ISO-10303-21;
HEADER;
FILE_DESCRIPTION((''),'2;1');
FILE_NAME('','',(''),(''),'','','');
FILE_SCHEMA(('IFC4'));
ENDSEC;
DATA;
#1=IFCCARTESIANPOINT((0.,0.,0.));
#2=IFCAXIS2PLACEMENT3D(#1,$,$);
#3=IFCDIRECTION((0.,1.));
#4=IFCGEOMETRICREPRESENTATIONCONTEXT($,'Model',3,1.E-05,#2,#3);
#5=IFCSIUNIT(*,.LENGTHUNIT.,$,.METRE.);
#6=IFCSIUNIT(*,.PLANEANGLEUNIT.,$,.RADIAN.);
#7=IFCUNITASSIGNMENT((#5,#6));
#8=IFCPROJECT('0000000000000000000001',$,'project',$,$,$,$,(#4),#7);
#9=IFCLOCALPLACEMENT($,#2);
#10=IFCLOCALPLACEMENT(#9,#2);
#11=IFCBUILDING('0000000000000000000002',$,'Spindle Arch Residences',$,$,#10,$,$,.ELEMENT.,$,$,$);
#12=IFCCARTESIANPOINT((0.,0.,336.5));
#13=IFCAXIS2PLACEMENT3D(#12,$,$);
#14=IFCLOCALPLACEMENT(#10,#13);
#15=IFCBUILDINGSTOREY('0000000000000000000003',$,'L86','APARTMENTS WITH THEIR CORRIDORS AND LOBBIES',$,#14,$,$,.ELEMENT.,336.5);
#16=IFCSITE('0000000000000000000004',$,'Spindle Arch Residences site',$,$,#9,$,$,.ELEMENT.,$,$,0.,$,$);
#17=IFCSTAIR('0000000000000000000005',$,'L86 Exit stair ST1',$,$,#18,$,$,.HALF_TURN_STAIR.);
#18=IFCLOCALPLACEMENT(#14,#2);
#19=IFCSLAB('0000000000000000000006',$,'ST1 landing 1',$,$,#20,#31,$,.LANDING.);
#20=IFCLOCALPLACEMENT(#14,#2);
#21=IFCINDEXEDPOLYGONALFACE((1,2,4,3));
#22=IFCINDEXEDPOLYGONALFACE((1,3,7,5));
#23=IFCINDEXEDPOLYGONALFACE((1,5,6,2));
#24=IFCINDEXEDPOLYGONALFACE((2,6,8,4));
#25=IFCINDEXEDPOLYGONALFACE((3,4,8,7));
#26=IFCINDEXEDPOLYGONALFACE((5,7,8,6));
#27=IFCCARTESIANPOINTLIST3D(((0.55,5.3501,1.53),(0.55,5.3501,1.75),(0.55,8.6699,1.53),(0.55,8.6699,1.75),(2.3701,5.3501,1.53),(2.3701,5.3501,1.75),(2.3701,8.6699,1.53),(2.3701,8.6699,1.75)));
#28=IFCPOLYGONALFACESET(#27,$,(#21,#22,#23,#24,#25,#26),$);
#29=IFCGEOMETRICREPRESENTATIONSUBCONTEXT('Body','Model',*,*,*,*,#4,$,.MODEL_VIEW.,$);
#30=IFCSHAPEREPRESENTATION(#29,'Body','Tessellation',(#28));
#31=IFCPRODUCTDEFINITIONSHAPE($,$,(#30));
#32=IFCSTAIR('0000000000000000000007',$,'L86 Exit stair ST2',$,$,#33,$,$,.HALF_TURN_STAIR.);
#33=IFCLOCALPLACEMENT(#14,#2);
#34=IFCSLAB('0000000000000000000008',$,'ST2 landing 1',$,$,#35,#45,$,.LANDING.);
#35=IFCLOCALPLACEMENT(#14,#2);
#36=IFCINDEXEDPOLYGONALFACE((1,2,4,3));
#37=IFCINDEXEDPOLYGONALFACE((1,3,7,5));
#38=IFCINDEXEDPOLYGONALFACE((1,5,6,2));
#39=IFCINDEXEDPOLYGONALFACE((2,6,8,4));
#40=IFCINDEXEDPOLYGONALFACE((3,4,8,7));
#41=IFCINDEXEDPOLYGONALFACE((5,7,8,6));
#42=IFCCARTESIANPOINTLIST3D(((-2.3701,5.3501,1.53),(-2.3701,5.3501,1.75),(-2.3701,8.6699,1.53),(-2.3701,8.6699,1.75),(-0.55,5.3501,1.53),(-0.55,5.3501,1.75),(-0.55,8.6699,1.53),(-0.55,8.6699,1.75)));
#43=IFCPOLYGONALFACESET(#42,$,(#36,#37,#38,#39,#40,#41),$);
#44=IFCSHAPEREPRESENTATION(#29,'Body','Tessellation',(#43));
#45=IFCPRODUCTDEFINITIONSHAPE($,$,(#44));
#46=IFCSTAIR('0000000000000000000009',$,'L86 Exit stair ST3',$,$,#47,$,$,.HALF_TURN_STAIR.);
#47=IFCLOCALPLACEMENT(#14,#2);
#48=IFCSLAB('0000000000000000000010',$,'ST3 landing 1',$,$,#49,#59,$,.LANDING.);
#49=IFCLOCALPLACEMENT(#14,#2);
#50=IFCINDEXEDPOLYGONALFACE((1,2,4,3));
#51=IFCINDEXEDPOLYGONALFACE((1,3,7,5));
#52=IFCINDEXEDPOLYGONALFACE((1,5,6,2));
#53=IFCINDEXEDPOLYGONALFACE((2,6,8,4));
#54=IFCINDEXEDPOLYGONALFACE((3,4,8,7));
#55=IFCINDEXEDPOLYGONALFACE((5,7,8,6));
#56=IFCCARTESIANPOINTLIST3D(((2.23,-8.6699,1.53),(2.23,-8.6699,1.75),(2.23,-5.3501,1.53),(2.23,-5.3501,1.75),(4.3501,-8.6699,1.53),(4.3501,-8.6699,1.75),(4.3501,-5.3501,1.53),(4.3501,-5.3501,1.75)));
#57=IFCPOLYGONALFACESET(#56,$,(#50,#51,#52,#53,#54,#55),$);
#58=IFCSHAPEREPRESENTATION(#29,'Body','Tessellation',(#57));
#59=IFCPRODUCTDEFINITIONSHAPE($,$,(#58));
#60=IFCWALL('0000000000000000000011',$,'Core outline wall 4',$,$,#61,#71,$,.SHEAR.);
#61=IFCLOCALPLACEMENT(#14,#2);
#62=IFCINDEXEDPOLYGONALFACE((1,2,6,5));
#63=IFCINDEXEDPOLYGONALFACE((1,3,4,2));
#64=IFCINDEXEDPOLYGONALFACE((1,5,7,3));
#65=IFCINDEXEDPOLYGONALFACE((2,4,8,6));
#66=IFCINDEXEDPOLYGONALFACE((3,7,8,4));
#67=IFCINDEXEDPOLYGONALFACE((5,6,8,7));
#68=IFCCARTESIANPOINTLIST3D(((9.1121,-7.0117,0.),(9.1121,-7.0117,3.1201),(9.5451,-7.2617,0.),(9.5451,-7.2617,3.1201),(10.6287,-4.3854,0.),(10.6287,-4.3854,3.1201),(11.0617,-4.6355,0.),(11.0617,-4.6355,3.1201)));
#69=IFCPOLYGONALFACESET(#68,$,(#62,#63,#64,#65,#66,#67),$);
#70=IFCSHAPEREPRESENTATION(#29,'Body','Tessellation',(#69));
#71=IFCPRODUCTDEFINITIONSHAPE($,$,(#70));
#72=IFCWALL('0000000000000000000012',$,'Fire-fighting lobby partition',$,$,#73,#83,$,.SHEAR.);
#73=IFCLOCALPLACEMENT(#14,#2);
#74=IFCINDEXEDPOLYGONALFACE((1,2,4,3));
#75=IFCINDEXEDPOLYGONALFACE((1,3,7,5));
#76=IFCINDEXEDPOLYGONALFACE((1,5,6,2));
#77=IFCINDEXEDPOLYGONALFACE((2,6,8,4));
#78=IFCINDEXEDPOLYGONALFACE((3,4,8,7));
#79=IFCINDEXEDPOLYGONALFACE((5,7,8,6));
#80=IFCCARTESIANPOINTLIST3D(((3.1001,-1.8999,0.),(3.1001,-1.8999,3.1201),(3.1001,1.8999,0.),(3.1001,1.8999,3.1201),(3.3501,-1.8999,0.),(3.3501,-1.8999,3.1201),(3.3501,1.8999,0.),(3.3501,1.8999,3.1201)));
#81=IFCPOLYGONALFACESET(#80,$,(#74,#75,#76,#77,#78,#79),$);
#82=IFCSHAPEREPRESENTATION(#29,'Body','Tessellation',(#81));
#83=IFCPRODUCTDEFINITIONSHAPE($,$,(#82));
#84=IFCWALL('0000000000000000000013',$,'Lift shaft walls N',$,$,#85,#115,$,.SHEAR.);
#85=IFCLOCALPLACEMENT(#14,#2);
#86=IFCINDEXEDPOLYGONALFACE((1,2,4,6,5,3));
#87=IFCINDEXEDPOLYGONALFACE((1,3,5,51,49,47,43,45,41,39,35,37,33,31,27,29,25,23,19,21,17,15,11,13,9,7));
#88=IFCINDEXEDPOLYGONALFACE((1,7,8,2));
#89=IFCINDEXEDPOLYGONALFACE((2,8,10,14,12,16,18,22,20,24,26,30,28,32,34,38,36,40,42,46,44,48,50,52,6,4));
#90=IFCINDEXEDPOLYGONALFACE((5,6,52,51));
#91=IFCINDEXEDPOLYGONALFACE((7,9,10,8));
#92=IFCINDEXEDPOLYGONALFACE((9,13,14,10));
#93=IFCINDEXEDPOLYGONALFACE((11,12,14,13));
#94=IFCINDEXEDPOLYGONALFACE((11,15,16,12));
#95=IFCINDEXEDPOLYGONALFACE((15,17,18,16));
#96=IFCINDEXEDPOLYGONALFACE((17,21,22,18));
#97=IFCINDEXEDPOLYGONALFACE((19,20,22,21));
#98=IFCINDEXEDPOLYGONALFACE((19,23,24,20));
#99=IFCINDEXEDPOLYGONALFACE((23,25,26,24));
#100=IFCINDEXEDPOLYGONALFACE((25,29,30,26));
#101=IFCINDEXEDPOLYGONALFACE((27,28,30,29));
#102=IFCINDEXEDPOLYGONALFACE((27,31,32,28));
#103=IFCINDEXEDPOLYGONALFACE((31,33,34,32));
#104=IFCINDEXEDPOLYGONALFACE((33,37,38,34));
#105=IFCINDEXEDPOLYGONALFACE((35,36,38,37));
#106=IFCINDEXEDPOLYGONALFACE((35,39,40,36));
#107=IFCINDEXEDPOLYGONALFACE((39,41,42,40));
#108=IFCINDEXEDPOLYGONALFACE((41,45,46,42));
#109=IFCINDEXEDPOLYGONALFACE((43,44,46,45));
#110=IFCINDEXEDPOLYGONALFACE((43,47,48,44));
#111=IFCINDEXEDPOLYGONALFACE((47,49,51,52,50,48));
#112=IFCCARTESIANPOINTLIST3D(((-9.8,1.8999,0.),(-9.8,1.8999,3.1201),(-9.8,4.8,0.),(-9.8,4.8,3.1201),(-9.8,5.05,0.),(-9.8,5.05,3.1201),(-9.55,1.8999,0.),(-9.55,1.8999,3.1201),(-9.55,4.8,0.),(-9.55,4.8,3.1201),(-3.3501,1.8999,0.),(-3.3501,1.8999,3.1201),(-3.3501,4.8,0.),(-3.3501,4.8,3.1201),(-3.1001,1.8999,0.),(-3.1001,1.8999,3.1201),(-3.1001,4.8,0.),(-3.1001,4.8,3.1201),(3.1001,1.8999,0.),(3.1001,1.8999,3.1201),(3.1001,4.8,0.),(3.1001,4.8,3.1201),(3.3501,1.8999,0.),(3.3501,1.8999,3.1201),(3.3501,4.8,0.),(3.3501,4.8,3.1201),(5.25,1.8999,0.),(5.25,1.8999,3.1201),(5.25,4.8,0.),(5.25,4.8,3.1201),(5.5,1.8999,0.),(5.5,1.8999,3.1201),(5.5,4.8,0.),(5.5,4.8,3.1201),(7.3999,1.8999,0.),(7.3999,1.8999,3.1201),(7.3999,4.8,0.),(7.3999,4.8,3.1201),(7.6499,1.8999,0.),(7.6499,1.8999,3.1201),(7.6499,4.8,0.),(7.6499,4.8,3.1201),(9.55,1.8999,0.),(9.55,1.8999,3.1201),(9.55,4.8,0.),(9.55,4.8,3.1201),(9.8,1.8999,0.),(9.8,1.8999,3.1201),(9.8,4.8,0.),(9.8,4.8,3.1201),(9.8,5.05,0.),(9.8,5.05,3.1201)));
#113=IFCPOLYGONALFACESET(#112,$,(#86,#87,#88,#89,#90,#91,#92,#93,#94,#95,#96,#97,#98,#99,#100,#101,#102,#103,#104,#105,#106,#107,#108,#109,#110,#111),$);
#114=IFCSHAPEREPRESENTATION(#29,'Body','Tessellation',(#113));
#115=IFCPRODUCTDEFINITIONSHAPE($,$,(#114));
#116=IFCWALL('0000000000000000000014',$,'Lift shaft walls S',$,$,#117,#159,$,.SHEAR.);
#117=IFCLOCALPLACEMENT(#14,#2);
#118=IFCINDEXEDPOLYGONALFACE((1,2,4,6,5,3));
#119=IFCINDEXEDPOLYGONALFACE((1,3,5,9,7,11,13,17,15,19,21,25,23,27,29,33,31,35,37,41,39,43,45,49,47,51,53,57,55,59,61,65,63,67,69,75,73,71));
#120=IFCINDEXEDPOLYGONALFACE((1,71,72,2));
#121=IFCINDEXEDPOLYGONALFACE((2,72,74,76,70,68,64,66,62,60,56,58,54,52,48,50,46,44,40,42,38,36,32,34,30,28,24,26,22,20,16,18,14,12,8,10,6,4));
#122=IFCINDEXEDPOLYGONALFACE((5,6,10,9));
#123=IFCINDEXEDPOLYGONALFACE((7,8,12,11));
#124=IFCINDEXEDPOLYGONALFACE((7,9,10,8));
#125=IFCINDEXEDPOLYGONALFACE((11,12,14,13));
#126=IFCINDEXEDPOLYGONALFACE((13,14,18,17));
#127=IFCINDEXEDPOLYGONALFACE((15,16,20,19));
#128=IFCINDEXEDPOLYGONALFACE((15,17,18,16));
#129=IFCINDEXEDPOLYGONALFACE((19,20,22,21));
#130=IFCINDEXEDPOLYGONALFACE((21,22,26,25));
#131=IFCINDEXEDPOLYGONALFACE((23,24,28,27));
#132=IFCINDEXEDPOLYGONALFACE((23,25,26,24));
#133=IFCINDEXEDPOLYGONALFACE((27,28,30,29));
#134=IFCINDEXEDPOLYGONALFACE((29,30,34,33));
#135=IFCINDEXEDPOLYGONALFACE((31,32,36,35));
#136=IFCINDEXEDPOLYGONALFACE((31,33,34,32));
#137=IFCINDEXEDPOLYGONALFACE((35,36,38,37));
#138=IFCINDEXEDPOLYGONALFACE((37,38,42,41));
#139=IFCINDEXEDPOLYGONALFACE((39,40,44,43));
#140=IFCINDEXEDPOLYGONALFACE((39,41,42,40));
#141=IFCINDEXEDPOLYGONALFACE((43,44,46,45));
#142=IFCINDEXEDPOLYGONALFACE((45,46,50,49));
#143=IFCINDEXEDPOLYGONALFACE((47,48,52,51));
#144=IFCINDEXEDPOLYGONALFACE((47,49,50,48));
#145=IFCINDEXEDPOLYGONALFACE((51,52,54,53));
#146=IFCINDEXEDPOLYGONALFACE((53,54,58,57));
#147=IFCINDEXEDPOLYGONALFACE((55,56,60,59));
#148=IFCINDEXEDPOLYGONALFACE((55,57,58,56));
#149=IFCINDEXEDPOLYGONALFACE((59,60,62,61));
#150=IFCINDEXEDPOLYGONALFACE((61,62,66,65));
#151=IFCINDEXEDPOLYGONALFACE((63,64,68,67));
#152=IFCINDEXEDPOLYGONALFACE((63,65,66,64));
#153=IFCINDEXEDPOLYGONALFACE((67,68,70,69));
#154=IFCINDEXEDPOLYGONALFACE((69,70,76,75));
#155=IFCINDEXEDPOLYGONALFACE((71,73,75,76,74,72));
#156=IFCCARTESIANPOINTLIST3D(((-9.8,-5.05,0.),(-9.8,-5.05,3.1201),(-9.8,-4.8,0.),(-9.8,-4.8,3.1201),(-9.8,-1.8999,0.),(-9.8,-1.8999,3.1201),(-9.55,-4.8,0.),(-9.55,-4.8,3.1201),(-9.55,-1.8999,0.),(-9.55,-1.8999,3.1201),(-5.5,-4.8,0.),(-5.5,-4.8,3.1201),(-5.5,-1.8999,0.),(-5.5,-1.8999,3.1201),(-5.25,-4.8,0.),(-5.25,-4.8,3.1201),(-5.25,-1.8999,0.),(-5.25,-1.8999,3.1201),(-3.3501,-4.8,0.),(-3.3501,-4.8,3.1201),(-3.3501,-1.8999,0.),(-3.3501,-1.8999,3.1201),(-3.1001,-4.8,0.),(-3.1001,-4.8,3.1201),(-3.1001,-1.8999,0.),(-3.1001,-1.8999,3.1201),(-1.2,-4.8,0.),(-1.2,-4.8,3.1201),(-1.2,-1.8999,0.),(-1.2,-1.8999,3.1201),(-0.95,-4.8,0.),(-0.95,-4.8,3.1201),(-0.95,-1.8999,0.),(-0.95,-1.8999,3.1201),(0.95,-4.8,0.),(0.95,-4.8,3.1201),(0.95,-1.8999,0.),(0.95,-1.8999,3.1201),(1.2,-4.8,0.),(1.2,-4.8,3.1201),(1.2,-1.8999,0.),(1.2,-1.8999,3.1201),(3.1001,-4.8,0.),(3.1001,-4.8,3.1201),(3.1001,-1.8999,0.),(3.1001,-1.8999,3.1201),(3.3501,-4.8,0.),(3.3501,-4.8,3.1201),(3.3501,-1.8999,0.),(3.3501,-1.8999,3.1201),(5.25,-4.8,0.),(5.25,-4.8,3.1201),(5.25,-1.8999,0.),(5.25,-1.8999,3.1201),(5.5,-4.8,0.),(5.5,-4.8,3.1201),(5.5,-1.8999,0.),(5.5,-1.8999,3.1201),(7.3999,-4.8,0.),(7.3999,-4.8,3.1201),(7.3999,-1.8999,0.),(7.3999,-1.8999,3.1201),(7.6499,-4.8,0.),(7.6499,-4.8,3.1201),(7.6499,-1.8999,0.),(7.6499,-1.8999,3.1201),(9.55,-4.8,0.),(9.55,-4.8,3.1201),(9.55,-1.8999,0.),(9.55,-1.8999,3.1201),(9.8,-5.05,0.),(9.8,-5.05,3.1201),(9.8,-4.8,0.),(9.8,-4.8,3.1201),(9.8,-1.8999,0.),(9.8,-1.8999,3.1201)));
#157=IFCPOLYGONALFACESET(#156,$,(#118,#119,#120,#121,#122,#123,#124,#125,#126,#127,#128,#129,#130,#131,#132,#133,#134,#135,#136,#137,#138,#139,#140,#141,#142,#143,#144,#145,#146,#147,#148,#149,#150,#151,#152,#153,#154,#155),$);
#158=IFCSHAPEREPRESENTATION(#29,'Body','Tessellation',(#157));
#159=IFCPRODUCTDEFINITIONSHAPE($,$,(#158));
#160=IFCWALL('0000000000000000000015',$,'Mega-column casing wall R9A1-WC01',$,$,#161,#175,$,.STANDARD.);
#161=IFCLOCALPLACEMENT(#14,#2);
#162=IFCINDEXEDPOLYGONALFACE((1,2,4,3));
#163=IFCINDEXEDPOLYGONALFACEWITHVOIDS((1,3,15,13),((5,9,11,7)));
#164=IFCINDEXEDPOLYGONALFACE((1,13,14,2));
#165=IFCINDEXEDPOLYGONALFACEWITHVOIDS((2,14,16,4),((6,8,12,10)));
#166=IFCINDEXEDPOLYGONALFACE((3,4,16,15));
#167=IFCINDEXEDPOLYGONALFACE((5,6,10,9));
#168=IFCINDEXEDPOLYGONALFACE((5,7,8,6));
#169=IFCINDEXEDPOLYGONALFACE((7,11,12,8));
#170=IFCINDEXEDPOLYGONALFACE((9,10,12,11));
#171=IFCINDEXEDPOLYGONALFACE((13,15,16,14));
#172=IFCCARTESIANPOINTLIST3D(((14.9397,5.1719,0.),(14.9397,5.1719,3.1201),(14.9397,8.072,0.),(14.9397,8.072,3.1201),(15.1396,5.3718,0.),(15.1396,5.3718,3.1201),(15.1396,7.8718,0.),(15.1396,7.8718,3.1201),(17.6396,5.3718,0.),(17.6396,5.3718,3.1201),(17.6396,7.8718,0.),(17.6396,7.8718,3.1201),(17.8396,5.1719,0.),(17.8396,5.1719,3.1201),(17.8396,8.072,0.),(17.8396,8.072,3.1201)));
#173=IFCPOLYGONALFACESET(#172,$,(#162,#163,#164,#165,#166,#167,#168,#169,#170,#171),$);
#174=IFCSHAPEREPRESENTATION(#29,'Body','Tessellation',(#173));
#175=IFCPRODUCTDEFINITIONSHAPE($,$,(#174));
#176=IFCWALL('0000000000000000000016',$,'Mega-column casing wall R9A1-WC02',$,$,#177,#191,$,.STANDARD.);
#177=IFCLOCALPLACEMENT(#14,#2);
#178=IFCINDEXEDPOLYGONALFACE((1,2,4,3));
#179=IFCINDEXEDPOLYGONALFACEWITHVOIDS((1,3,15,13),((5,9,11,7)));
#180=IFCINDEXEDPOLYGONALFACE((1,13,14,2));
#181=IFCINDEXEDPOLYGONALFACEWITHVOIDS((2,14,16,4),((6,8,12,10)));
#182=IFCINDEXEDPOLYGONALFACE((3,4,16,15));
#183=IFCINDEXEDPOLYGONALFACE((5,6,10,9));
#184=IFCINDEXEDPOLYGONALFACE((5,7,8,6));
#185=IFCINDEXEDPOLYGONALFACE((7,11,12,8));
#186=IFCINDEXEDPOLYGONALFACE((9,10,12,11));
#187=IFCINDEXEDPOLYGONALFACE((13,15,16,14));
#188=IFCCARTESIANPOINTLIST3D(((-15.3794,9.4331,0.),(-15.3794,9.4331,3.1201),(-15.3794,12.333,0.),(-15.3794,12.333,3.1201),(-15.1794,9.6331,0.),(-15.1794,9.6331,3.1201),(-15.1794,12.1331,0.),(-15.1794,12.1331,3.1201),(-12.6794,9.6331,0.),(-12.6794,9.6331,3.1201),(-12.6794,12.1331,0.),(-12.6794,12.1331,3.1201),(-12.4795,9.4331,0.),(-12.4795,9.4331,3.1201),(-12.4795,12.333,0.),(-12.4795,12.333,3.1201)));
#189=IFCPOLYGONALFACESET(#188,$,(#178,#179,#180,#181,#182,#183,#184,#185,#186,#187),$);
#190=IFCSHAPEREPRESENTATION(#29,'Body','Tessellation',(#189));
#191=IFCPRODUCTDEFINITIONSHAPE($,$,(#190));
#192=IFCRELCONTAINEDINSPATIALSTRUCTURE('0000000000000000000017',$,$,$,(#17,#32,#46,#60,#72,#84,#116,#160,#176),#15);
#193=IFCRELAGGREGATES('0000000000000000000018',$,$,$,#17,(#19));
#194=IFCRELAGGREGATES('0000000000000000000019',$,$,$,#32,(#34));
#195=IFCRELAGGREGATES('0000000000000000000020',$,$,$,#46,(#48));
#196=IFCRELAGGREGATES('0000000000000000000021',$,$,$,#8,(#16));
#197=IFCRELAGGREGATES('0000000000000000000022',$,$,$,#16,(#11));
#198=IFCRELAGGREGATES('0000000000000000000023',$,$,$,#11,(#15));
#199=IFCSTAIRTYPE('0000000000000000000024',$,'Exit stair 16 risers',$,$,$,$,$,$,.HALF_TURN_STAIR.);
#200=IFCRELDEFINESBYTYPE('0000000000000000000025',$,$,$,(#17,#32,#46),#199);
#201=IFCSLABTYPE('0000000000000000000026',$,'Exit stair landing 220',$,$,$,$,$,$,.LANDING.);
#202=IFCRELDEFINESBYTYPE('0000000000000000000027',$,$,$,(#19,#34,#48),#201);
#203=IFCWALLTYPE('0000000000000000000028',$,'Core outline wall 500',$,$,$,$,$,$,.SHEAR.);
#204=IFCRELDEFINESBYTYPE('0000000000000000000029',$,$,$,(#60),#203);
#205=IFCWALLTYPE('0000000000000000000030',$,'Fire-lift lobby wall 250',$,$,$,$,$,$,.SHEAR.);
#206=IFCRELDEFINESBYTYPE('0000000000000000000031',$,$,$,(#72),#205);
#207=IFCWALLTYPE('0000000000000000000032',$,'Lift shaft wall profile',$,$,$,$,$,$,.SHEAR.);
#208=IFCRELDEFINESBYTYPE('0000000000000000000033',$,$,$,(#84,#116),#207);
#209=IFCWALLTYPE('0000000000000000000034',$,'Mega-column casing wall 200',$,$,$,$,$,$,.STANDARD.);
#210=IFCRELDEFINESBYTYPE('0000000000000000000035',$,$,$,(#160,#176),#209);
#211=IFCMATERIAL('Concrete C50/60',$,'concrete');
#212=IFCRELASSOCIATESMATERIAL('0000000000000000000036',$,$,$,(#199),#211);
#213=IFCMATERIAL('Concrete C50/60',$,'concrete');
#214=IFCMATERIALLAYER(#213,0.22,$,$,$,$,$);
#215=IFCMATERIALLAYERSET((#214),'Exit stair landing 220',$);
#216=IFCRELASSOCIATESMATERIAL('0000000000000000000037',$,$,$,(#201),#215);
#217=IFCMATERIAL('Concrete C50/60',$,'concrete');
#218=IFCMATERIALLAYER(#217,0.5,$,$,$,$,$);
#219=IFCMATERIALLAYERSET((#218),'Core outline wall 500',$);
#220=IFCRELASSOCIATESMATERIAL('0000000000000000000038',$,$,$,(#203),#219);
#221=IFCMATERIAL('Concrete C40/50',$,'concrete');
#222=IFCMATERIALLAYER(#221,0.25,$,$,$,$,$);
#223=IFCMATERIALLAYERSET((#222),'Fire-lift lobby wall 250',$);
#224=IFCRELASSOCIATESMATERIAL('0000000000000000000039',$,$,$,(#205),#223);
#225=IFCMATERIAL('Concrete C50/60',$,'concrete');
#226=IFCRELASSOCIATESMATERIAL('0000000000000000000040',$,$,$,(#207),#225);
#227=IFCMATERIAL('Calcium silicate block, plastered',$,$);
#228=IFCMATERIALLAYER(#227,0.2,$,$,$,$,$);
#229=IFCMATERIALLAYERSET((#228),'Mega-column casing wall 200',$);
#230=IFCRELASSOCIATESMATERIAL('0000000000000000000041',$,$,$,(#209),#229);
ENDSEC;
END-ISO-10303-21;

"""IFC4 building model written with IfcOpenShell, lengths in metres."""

from ifc_helpers import new_model, si_unit, direction, frame, frame_2d, origin, place, context, subcontext, project, spatial, polyline, rectangle, outline, extrude, material, layer, layer_set, type_object, element, aggregate, save


model = new_model("IFC4")

# Units and contexts
model_context = context("Model", 3, precision=1e-05, world=origin(), true_north=direction((0.0, 1.0)))
body_context = subcontext(model_context, "Body", "Model", "MODEL_VIEW")
ifc_project = project(units=[si_unit("LENGTHUNIT", "METRE"), si_unit("PLANEANGLEUNIT", "RADIAN")], contexts=[model_context])

# Site, building, storey
site_placement = place(None, origin())
site = spatial("IfcSite", under=ifc_project, at=site_placement, Name="Spindle Arch Residences site", CompositionType="ELEMENT", RefElevation=0.0)
building_placement = place(site_placement, origin())
building = spatial("IfcBuilding", under=site, at=building_placement, Name="Spindle Arch Residences", CompositionType="ELEMENT")
storey_placement = place(building_placement, frame((0.0, 0.0, 336.5)))
storey = spatial("IfcBuildingStorey", under=building, at=storey_placement, Name="L86", Description="APARTMENTS WITH THEIR CORRIDORS AND LOBBIES", CompositionType="ELEMENT", Elevation=336.5)

# Stairs, slabs
ifc_material_1 = material(Name="Concrete C50/60", Category="concrete")
stair_type = type_object("IfcStairType", Name="Exit stair 16 risers", PredefinedType="HALF_TURN_STAIR", material=ifc_material_1)
stair_1_placement = place(storey_placement, origin())
stair_1 = element("IfcStair", 1, at=stair_1_placement, inside=storey, type_object=stair_type, Name="L86 Exit stair ST1", PredefinedType="HALF_TURN_STAIR")
ifc_material_2 = material(Name="Concrete C50/60", Category="concrete")
ifc_layer_1 = layer(ifc_material_2, 0.22)
ifc_layer_set_1 = layer_set([ifc_layer_1], Name="Exit stair landing 220")
slab_type_1 = type_object("IfcSlabType", Name="Exit stair landing 220", PredefinedType="LANDING", material=ifc_layer_set_1)
slab_1_placement = place(storey_placement, frame((0.0, 0.0, 1.53)))
slab_1 = element("IfcSlab", 2, at=slab_1_placement, type_object=slab_type_1, Name="ST1 landing 1", PredefinedType="LANDING", context=body_context, shape_type="SweptSolid", body=[
    extrude(outline(polyline([(2.3701, 8.6699), (0.55, 8.6699), (0.55, 5.3501), (2.3701, 5.3501), (2.3701, 8.6699)])), origin(), (0.0, 0.0, 1.0), 0.22),
])
aggregate(stair_1, [slab_1])
stair_2_placement = place(storey_placement, origin())
stair_2 = element("IfcStair", 3, at=stair_2_placement, inside=storey, type_object=stair_type, Name="L86 Exit stair ST2", PredefinedType="HALF_TURN_STAIR")
slab_2_placement = place(storey_placement, frame((0.0, 0.0, 1.53)))
slab_2 = element("IfcSlab", 4, at=slab_2_placement, type_object=slab_type_1, Name="ST2 landing 1", PredefinedType="LANDING", context=body_context, shape_type="SweptSolid", body=[
    extrude(outline(polyline([(-2.3701, 5.3501), (-0.55, 5.3501), (-0.55, 8.6699), (-2.3701, 8.6699), (-2.3701, 5.3501)])), origin(), (0.0, 0.0, 1.0), 0.22),
])
aggregate(stair_2, [slab_2])
stair_3_placement = place(storey_placement, origin())
stair_3 = element("IfcStair", 5, at=stair_3_placement, inside=storey, type_object=stair_type, Name="L86 Exit stair ST3", PredefinedType="HALF_TURN_STAIR")
slab_3_placement = place(storey_placement, frame((0.0, 0.0, 1.53)))
slab_3 = element("IfcSlab", 6, at=slab_3_placement, type_object=slab_type_1, Name="ST3 landing 1", PredefinedType="LANDING", context=body_context, shape_type="SweptSolid", body=[
    extrude(outline(polyline([(2.23, -8.6699), (4.3501, -8.6699), (4.3501, -5.3501), (2.23, -5.3501), (2.23, -8.6699)])), origin(), (0.0, 0.0, 1.0), 0.22),
])

# Walls
ifc_material_3 = material(Name="Concrete C50/60", Category="concrete")
ifc_layer_2 = layer(ifc_material_3, 0.5)
ifc_layer_set_2 = layer_set([ifc_layer_2], Name="Core outline wall 500")
wall_type_1 = type_object("IfcWallType", Name="Core outline wall 500", PredefinedType="SHEAR", material=ifc_layer_set_2)
wall_1_placement = place(storey_placement, frame((9.3286, -7.1367, 0.0), z_axis=(0.0, 0.0, 1.0), x_axis=(0.500087, 0.865975, 0.0)))
element("IfcWall", 7, at=wall_1_placement, inside=storey, type_object=wall_type_1, Name="Core outline wall 4", PredefinedType="SHEAR", context=body_context, shape_type="SweptSolid", body=[
    extrude(rectangle(XDim=3.0327, YDim=0.5, at=frame_2d((1.5164, 0.0))), origin(), (0.0, 0.0, 1.0), 3.1201),
])
ifc_material_4 = material(Name="Concrete C40/50", Category="concrete")
ifc_layer_3 = layer(ifc_material_4, 0.25)
ifc_layer_set_3 = layer_set([ifc_layer_3], Name="Fire-lift lobby wall 250")
wall_type_2 = type_object("IfcWallType", Name="Fire-lift lobby wall 250", PredefinedType="SHEAR", material=ifc_layer_set_3)
wall_2_placement = place(storey_placement, frame((3.2251, -1.8999, 0.0), z_axis=(0.0, 0.0, 1.0), x_axis=(0.0, 1.0, 0.0)))
element("IfcWall", 8, at=wall_2_placement, inside=storey, type_object=wall_type_2, Name="Fire-fighting lobby partition", PredefinedType="SHEAR", context=body_context, shape_type="SweptSolid", body=[
    extrude(rectangle(XDim=3.7998, YDim=0.25, at=frame_2d((1.8999, 0.0))), origin(), (0.0, 0.0, 1.0), 3.1201),
])

# Walls
ifc_material_5 = material(Name="Concrete C50/60", Category="concrete")
wall_type_3 = type_object("IfcWallType", Name="Lift shaft wall profile", PredefinedType="SHEAR", material=ifc_material_5)
wall_3_placement = place(storey_placement, origin())
element("IfcWall", 9, at=wall_3_placement, inside=storey, type_object=wall_type_3, Name="Lift shaft walls N", PredefinedType="SHEAR", context=body_context, shape_type="SweptSolid", body=[
    extrude(outline(polyline([(-9.8, 1.8999), (-9.55, 1.8999), (-9.55, 4.8), (-3.3501, 4.8), (-3.3501, 1.8999), (-3.1001, 1.8999), (-3.1001, 4.8), (3.1001, 4.8), (3.1001, 1.8999), (3.3501, 1.8999), (3.3501, 4.8), (5.25, 4.8), (5.25, 1.8999), (5.5, 1.8999), (5.5, 4.8), (7.3999, 4.8), (7.3999, 1.8999), (7.6499, 1.8999), (7.6499, 4.8), (9.55, 4.8), (9.55, 1.8999), (9.8, 1.8999), (9.8, 4.8), (9.8, 5.05), (-9.8, 5.05), (-9.8, 4.8), (-9.8, 1.8999)])), origin(), (0.0, 0.0, 1.0), 3.1201),
])
wall_4_placement = place(storey_placement, origin())
element("IfcWall", 10, at=wall_4_placement, inside=storey, type_object=wall_type_3, Name="Lift shaft walls S", PredefinedType="SHEAR", context=body_context, shape_type="SweptSolid", body=[
    extrude(outline(polyline([(9.8, -5.05), (9.8, -4.8), (9.8, -1.8999), (9.55, -1.8999), (9.55, -4.8), (7.6499, -4.8), (7.6499, -1.8999), (7.3999, -1.8999), (7.3999, -4.8), (5.5, -4.8), (5.5, -1.8999), (5.25, -1.8999), (5.25, -4.8), (3.3501, -4.8), (3.3501, -1.8999), (3.1001, -1.8999), (3.1001, -4.8), (1.2, -4.8), (1.2, -1.8999), (0.95, -1.8999), (0.95, -4.8), (-0.95, -4.8), (-0.95, -1.8999), (-1.2, -1.8999), (-1.2, -4.8), (-3.1001, -4.8), (-3.1001, -1.8999), (-3.3501, -1.8999), (-3.3501, -4.8), (-5.25, -4.8), (-5.25, -1.8999), (-5.5, -1.8999), (-5.5, -4.8), (-9.55, -4.8), (-9.55, -1.8999), (-9.8, -1.8999), (-9.8, -4.8), (-9.8, -5.05), (9.8, -5.05)])), origin(), (0.0, 0.0, 1.0), 3.1201),
])
ifc_material_6 = material(Name="Calcium silicate block, plastered")
ifc_layer_4 = layer(ifc_material_6, 0.2)
ifc_layer_set_4 = layer_set([ifc_layer_4], Name="Mega-column casing wall 200")
wall_type_4 = type_object("IfcWallType", Name="Mega-column casing wall 200", PredefinedType="STANDARD", material=ifc_layer_set_4)
wall_5_placement = place(storey_placement, origin())
element("IfcWall", 11, at=wall_5_placement, inside=storey, type_object=wall_type_4, Name="Mega-column casing wall R9A1-WC01", PredefinedType="STANDARD", context=body_context, shape_type="SweptSolid", body=[
    extrude(outline(polyline([(17.8396, 8.072), (17.8396, 5.1719), (14.9397, 5.1719), (14.9397, 8.072), (17.8396, 8.072)]), holes=[polyline([(15.1396, 5.3718), (17.6396, 5.3718), (17.6396, 7.8718), (15.1396, 7.8718), (15.1396, 5.3718)])]), origin(), (0.0, 0.0, 1.0), 3.1201),
])
wall_6_placement = place(storey_placement, origin())
element("IfcWall", 12, at=wall_6_placement, inside=storey, type_object=wall_type_4, Name="Mega-column casing wall R9A1-WC02", PredefinedType="STANDARD", context=body_context, shape_type="SweptSolid", body=[
    extrude(outline(polyline([(-12.4795, 12.333), (-12.4795, 9.4331), (-15.3794, 9.4331), (-15.3794, 12.333), (-12.4795, 12.333)]), holes=[polyline([(-15.1794, 9.6331), (-12.6794, 9.6331), (-12.6794, 12.1331), (-15.1794, 12.1331), (-15.1794, 9.6331)])]), origin(), (0.0, 0.0, 1.0), 3.1201),
])

aggregate(stair_3, [slab_3])

save(model, "model.ifc")
